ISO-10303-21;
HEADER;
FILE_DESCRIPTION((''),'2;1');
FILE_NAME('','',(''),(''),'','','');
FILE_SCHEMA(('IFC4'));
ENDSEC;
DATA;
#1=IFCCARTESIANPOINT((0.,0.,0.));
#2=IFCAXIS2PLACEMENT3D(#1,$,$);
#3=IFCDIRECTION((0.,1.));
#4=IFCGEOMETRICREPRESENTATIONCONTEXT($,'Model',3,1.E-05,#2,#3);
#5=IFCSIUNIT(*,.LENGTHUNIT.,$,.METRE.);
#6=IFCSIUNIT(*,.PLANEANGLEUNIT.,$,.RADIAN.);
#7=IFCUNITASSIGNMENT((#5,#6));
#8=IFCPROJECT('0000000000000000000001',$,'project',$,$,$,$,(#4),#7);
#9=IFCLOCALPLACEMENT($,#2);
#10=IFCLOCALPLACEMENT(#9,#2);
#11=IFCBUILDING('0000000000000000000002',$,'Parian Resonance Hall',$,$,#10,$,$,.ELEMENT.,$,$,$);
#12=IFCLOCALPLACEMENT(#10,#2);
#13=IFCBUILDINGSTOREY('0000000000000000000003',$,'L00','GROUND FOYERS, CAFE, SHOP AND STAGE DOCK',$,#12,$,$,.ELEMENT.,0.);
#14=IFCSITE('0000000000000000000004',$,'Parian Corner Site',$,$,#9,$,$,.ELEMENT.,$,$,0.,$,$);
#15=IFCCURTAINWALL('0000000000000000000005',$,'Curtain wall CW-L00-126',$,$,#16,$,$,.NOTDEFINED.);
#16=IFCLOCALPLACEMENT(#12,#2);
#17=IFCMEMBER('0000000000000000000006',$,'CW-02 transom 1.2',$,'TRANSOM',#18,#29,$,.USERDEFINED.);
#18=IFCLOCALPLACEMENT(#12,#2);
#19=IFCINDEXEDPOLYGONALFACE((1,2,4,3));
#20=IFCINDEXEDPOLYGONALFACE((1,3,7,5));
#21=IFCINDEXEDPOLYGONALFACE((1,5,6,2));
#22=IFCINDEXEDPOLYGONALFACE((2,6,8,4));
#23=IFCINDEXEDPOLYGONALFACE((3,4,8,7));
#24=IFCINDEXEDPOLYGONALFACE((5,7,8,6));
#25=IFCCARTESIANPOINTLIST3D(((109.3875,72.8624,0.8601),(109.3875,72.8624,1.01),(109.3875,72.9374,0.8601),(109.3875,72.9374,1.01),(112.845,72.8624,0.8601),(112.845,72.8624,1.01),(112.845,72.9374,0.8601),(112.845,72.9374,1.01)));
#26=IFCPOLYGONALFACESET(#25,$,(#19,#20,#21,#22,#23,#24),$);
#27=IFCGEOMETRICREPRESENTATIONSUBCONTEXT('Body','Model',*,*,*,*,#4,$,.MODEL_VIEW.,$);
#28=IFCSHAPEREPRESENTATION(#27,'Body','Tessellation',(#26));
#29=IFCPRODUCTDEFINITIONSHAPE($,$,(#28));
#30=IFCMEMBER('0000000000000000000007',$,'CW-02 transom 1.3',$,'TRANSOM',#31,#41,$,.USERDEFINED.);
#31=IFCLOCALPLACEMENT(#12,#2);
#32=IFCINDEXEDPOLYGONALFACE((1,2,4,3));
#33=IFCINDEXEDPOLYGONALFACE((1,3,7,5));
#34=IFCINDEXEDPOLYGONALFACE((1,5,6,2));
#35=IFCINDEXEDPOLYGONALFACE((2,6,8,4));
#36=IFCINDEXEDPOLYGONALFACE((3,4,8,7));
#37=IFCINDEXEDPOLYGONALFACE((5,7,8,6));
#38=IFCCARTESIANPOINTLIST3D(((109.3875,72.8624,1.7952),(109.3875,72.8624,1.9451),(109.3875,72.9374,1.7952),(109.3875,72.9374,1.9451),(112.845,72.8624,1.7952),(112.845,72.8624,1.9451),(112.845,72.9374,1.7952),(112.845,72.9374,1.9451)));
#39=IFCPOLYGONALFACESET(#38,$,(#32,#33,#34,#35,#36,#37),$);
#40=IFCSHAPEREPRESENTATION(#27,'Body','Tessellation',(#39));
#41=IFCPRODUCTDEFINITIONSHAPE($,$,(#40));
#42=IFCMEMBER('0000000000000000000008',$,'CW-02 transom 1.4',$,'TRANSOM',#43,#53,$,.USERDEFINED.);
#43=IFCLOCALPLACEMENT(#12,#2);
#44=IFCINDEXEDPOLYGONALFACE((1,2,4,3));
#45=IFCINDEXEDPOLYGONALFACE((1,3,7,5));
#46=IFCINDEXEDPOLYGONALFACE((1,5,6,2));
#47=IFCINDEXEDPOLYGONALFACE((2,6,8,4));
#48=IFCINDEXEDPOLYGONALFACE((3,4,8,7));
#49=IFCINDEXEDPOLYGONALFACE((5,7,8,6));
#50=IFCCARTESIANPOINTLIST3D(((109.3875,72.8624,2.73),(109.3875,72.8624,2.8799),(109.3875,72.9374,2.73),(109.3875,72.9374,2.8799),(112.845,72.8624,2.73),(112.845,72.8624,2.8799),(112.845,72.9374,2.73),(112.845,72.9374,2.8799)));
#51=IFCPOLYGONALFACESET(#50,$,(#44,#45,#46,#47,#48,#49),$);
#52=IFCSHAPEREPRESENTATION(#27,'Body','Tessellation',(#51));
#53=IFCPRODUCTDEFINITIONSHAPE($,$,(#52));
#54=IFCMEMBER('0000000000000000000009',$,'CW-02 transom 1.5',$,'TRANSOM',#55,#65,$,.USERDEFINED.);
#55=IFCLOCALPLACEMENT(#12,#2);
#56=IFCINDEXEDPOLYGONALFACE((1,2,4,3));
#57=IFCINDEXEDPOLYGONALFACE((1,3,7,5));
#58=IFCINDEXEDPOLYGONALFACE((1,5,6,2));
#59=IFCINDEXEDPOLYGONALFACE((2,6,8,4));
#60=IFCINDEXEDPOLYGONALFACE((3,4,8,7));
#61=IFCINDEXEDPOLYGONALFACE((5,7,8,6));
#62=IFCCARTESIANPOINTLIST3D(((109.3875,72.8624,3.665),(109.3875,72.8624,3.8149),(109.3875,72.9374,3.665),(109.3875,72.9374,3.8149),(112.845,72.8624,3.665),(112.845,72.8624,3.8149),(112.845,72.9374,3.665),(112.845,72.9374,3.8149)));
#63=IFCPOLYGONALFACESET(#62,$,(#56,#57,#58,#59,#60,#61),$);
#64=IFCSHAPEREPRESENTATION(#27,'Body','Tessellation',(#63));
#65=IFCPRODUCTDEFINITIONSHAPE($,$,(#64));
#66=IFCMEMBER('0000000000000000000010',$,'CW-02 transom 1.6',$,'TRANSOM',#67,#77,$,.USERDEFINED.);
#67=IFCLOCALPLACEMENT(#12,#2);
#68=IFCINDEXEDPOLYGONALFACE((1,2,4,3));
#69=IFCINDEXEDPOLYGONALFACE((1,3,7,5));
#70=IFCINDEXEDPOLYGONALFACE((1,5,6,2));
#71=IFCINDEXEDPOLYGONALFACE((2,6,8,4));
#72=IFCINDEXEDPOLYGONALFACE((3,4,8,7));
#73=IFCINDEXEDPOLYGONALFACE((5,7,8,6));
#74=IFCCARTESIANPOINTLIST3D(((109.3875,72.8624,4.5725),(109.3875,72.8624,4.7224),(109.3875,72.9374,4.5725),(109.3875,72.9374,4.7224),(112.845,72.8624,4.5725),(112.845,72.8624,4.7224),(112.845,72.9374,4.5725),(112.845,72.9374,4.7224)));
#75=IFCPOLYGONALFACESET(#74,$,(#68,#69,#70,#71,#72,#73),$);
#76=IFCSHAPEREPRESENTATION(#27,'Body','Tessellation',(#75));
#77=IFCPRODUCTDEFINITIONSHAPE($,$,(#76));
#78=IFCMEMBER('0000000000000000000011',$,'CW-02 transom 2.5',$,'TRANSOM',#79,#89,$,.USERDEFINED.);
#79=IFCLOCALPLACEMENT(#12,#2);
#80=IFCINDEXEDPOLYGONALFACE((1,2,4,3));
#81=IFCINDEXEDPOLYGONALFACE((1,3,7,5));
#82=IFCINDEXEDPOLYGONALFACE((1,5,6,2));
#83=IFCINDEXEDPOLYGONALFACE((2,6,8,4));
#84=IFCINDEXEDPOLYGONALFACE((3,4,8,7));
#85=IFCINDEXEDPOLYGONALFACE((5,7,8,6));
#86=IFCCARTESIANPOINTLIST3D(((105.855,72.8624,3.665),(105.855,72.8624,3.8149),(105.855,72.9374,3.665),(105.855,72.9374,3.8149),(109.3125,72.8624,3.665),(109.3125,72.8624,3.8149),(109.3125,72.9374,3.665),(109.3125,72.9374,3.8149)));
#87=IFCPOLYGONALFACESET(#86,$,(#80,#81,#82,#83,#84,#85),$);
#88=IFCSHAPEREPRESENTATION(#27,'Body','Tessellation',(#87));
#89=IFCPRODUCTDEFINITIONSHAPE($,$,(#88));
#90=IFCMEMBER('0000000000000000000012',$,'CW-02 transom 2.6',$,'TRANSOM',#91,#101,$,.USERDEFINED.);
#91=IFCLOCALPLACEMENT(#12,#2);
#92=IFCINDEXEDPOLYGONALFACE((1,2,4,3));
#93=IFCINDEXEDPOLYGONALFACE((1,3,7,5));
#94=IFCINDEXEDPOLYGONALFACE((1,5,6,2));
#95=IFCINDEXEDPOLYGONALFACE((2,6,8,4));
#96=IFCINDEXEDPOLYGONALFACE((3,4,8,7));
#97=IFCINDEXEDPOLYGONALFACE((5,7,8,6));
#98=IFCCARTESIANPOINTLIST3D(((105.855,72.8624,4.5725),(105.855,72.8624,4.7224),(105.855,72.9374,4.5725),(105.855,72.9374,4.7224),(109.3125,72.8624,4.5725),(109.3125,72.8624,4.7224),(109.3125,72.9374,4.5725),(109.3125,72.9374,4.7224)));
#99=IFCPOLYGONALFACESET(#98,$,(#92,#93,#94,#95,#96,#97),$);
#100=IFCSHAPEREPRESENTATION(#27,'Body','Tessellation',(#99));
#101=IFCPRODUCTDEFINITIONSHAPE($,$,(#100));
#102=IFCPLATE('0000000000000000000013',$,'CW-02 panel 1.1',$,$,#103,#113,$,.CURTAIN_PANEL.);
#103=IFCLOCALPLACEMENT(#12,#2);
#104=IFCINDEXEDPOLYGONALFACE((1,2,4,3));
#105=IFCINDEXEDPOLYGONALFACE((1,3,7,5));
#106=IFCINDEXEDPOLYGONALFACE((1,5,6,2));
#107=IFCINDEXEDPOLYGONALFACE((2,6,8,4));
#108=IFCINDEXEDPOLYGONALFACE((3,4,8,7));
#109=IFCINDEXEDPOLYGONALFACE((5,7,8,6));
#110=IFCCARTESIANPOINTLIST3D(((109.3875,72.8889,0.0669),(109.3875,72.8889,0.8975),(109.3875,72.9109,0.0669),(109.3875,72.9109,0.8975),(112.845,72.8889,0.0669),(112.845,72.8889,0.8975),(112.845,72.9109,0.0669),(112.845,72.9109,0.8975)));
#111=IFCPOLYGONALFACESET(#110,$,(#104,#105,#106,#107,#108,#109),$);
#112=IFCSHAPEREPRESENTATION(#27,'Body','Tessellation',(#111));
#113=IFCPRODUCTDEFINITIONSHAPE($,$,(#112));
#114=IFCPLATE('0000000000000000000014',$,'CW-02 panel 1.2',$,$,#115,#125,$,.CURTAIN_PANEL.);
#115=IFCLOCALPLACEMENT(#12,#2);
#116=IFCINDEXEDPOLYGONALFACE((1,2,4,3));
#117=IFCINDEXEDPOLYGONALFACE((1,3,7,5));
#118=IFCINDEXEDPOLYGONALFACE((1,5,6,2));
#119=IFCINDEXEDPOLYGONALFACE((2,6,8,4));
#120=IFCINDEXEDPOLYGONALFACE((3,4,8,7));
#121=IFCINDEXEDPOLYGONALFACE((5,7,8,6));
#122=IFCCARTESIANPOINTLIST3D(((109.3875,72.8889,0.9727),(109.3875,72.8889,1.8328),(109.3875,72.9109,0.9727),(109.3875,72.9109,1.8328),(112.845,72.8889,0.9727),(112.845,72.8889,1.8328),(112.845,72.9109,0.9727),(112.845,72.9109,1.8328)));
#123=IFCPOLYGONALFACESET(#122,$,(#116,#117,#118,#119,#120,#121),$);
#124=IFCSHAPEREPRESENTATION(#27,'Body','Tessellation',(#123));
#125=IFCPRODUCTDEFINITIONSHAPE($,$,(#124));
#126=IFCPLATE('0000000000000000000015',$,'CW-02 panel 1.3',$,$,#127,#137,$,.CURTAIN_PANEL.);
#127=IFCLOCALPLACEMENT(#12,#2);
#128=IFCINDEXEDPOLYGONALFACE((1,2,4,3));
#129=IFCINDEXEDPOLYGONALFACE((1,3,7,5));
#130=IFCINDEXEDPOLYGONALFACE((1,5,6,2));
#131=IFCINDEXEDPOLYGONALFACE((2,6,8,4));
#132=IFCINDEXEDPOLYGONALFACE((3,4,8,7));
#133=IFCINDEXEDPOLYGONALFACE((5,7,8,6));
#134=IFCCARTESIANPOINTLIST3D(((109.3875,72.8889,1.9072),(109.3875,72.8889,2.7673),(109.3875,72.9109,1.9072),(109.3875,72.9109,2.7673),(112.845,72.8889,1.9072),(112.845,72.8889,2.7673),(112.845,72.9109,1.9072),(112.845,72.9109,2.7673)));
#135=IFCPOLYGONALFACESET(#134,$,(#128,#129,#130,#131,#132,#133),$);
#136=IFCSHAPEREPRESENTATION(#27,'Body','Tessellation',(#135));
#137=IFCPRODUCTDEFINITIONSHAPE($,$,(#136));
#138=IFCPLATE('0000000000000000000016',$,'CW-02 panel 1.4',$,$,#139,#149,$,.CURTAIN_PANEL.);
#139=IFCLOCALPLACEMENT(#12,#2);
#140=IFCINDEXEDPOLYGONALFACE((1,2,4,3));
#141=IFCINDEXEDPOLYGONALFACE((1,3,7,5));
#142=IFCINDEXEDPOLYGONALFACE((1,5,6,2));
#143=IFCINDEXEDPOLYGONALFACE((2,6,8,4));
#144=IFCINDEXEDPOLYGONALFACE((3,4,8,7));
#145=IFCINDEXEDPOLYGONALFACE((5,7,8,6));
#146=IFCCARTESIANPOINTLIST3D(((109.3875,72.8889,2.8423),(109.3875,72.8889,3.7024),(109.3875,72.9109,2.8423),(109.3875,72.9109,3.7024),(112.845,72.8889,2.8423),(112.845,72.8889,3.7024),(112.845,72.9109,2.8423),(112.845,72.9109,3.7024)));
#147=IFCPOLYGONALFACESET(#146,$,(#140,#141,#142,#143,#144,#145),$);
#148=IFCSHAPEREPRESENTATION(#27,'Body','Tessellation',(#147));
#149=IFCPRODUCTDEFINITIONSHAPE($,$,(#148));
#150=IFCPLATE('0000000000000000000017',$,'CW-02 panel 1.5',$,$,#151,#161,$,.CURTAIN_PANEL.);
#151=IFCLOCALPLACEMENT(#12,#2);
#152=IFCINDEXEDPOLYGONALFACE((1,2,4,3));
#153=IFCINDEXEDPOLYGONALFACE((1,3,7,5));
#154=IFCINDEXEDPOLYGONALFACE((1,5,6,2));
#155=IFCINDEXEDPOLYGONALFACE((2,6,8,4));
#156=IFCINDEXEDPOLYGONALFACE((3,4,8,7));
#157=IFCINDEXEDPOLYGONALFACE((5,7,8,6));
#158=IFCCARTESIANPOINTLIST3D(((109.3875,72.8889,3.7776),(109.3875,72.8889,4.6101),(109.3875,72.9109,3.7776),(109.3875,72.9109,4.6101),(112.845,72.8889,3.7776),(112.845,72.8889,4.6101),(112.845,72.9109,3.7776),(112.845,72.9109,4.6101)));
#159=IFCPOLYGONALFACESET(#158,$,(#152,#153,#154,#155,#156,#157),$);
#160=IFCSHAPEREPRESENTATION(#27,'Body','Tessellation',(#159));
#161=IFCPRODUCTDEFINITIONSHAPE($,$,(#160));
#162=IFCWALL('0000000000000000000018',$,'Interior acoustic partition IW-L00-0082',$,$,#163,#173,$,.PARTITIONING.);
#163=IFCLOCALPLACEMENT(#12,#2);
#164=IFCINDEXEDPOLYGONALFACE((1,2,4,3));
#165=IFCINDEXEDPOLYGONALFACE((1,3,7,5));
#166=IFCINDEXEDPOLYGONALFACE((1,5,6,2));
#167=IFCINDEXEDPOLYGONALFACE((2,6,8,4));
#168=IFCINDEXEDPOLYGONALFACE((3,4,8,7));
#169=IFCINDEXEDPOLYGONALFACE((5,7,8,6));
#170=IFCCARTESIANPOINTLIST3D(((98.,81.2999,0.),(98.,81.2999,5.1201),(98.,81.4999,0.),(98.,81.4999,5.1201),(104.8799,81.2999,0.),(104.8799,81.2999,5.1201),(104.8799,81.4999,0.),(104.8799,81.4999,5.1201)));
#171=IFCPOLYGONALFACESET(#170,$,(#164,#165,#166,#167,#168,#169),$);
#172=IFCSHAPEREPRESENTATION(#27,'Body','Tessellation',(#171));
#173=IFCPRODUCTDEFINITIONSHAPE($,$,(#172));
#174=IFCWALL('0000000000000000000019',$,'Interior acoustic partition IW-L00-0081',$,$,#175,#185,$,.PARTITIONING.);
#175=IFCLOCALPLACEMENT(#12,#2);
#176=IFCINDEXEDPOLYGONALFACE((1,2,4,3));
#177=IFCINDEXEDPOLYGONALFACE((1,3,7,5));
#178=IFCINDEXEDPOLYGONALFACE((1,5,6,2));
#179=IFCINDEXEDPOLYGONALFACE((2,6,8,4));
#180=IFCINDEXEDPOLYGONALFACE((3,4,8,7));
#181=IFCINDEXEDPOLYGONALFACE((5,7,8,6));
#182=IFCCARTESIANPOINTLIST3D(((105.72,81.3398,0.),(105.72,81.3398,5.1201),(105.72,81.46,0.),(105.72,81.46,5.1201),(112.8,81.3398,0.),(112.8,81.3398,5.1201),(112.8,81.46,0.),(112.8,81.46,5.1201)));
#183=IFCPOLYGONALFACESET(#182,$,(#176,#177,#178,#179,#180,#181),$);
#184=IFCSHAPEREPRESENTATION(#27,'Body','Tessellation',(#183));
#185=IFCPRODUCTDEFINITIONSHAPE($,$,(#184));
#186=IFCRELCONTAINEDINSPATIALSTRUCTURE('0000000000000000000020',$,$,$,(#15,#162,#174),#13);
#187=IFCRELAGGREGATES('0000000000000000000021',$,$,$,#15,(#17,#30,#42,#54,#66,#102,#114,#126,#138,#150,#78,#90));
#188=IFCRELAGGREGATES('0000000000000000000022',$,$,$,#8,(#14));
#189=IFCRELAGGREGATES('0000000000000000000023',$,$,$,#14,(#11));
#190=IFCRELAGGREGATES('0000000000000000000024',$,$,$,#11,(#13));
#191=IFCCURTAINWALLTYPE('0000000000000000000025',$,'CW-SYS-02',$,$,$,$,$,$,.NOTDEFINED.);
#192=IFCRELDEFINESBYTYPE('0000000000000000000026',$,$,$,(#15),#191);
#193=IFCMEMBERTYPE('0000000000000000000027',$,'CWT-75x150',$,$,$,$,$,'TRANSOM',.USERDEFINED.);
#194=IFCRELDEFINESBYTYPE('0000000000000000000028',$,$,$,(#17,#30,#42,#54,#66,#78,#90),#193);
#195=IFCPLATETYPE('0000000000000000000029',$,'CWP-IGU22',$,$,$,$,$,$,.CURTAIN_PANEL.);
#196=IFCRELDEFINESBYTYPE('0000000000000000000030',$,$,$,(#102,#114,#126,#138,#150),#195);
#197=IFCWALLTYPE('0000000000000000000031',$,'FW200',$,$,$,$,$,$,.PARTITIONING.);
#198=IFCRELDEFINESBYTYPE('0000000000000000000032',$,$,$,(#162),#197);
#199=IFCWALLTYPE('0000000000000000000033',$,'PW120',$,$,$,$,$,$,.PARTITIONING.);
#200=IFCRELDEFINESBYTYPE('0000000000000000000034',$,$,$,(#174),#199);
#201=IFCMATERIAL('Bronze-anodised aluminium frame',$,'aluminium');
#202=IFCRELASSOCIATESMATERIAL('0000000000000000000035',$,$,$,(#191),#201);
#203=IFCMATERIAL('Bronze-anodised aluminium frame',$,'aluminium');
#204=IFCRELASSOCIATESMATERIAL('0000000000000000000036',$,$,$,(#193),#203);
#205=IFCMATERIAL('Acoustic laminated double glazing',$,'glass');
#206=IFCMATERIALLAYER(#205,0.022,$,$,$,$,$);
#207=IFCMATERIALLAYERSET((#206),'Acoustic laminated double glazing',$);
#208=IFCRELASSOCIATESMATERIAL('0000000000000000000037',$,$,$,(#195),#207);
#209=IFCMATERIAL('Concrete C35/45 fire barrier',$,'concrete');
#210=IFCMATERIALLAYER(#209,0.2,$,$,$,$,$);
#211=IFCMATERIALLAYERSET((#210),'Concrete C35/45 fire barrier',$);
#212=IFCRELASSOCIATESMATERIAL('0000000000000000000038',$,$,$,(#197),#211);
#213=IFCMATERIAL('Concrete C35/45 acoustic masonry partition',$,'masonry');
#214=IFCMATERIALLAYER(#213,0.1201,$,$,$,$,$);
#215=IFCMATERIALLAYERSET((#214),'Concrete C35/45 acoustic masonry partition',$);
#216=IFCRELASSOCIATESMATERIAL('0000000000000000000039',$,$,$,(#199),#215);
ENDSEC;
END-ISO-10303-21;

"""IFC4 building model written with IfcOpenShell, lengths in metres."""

from ifc_helpers import new_model, si_unit, direction, frame, frame_2d, origin, origin_2d, place, context, subcontext, project, spatial, rectangle, extrude, material, layer, layer_set, material_profile, profile_set, type_object, element, aggregate, save


model = new_model("IFC4")

# Units and contexts
model_context = context("Model", 3, precision=1e-05, world=origin(), true_north=direction((0.0, 1.0)))
body_context = subcontext(model_context, "Body", "Model", "MODEL_VIEW")
ifc_project = project(units=[si_unit("LENGTHUNIT", "METRE"), si_unit("PLANEANGLEUNIT", "RADIAN")], contexts=[model_context])

# Site, building, storey
site_placement = place(None, origin())
site = spatial("IfcSite", under=ifc_project, at=site_placement, Name="Parian Corner Site", CompositionType="ELEMENT", RefElevation=0.0)
building_placement = place(site_placement, origin())
building = spatial("IfcBuilding", under=site, at=building_placement, Name="Parian Resonance Hall", CompositionType="ELEMENT")
storey_placement = place(building_placement, origin())
storey = spatial("IfcBuildingStorey", under=building, at=storey_placement, Name="L00", Description="GROUND FOYERS, CAFE, SHOP AND STAGE DOCK", CompositionType="ELEMENT", Elevation=0.0)

# Curtain wall, members, plates
ifc_material_1 = material(Name="Bronze-anodised aluminium frame", Category="aluminium")
curtain_wall_type = type_object("IfcCurtainWallType", Name="CW-SYS-02", PredefinedType="NOTDEFINED", material=ifc_material_1)
curtain_wall_placement = place(storey_placement, origin())
curtain_wall = element("IfcCurtainWall", 1, at=curtain_wall_placement, inside=storey, type_object=curtain_wall_type, Name="Curtain wall CW-L00-126", PredefinedType="NOTDEFINED")
ifc_material_2 = material(Name="Bronze-anodised aluminium frame", Category="aluminium")
ifc_material_profile_1 = material_profile(ifc_material_2, rectangle(XDim=0.075, YDim=0.1499, at=origin_2d()), Name="CWT-75x150")
ifc_profile_set_1 = profile_set([ifc_material_profile_1], Name="Bronze-anodised aluminium frame")
member_type_1 = type_object("IfcMemberType", Name="CWT-75x150", ElementType="TRANSOM", PredefinedType="USERDEFINED", material=ifc_profile_set_1)
member_1_placement = place(storey_placement, frame((112.845, 72.8999, 0.9351), z_axis=(-1.0, 0.0, 0.0), x_axis=(0.0, -1.0, 0.0)))
member_1 = element("IfcMember", 2, at=member_1_placement, type_object=member_type_1, Name="CW-02 transom 1.2", ObjectType="TRANSOM", PredefinedType="USERDEFINED", context=body_context, shape_type="SweptSolid", body=[
    extrude(rectangle(XDim=0.075, YDim=0.1499, at=origin_2d()), origin(), (0.0, 0.0, 1.0), 3.4575),
])
member_2_placement = place(storey_placement, frame((112.845, 72.8999, 1.8701), z_axis=(-1.0, 0.0, 0.0), x_axis=(0.0, -1.0, 0.0)))
member_2 = element("IfcMember", 3, at=member_2_placement, type_object=member_type_1, Name="CW-02 transom 1.3", ObjectType="TRANSOM", PredefinedType="USERDEFINED", context=body_context, shape_type="SweptSolid", body=[
    extrude(rectangle(XDim=0.075, YDim=0.1499, at=origin_2d()), origin(), (0.0, 0.0, 1.0), 3.4575),
])
member_3_placement = place(storey_placement, frame((112.845, 72.8999, 2.8049), z_axis=(-1.0, 0.0, 0.0), x_axis=(0.0, -1.0, 0.0)))
member_3 = element("IfcMember", 4, at=member_3_placement, type_object=member_type_1, Name="CW-02 transom 1.4", ObjectType="TRANSOM", PredefinedType="USERDEFINED", context=body_context, shape_type="SweptSolid", body=[
    extrude(rectangle(XDim=0.075, YDim=0.1499, at=origin_2d()), origin(), (0.0, 0.0, 1.0), 3.4575),
])
member_4_placement = place(storey_placement, frame((112.845, 72.8999, 3.74), z_axis=(-1.0, 0.0, 0.0), x_axis=(0.0, -1.0, 0.0)))
member_4 = element("IfcMember", 5, at=member_4_placement, type_object=member_type_1, Name="CW-02 transom 1.5", ObjectType="TRANSOM", PredefinedType="USERDEFINED", context=body_context, shape_type="SweptSolid", body=[
    extrude(rectangle(XDim=0.075, YDim=0.1499, at=origin_2d()), origin(), (0.0, 0.0, 1.0), 3.4575),
])
member_5_placement = place(storey_placement, frame((112.845, 72.8999, 4.6475), z_axis=(-1.0, 0.0, 0.0), x_axis=(0.0, -1.0, 0.0)))
member_5 = element("IfcMember", 6, at=member_5_placement, type_object=member_type_1, Name="CW-02 transom 1.6", ObjectType="TRANSOM", PredefinedType="USERDEFINED", context=body_context, shape_type="SweptSolid", body=[
    extrude(rectangle(XDim=0.075, YDim=0.1499, at=origin_2d()), origin(), (0.0, 0.0, 1.0), 3.4575),
])
member_6_placement = place(storey_placement, frame((109.3125, 72.8999, 3.74), z_axis=(-1.0, 0.0, 0.0), x_axis=(0.0, -1.0, 0.0)))
member_6 = element("IfcMember", 7, at=member_6_placement, type_object=member_type_1, Name="CW-02 transom 2.5", ObjectType="TRANSOM", PredefinedType="USERDEFINED", context=body_context, shape_type="SweptSolid", body=[
    extrude(rectangle(XDim=0.075, YDim=0.1499, at=origin_2d()), origin(), (0.0, 0.0, 1.0), 3.4575),
])
member_7_placement = place(storey_placement, frame((109.3125, 72.8999, 4.6475), z_axis=(-1.0, 0.0, 0.0), x_axis=(0.0, -1.0, 0.0)))
member_7 = element("IfcMember", 8, at=member_7_placement, type_object=member_type_1, Name="CW-02 transom 2.6", ObjectType="TRANSOM", PredefinedType="USERDEFINED", context=body_context, shape_type="SweptSolid", body=[
    extrude(rectangle(XDim=0.075, YDim=0.1499, at=origin_2d()), origin(), (0.0, 0.0, 1.0), 3.4575),
])
ifc_material_3 = material(Name="Acoustic laminated double glazing", Category="glass")
ifc_layer_1 = layer(ifc_material_3, 0.022)
ifc_layer_set_1 = layer_set([ifc_layer_1], Name="Acoustic laminated double glazing")
plate_type = type_object("IfcPlateType", Name="CWP-IGU22", PredefinedType="CURTAIN_PANEL", material=ifc_layer_set_1)
plate_1_placement = place(storey_placement, frame((111.1162, 72.8999, 0.0669), z_axis=(0.0, 0.0, 1.0), x_axis=(-1.0, 0.0, 0.0)))
plate_1 = element("IfcPlate", 9, at=plate_1_placement, type_object=plate_type, Name="CW-02 panel 1.1", PredefinedType="CURTAIN_PANEL", context=body_context, shape_type="SweptSolid", body=[
    extrude(rectangle(XDim=3.4575, YDim=0.022, at=origin_2d()), origin(), (0.0, 0.0, 1.0), 0.8306),
])
plate_2_placement = place(storey_placement, frame((111.1162, 72.8999, 0.9727), z_axis=(0.0, 0.0, 1.0), x_axis=(-1.0, 0.0, 0.0)))
plate_2 = element("IfcPlate", 10, at=plate_2_placement, type_object=plate_type, Name="CW-02 panel 1.2", PredefinedType="CURTAIN_PANEL", context=body_context, shape_type="SweptSolid", body=[
    extrude(rectangle(XDim=3.4575, YDim=0.022, at=origin_2d()), origin(), (0.0, 0.0, 1.0), 0.8601),
])
plate_3_placement = place(storey_placement, frame((111.1162, 72.8999, 1.9072), z_axis=(0.0, 0.0, 1.0), x_axis=(-1.0, 0.0, 0.0)))
plate_3 = element("IfcPlate", 11, at=plate_3_placement, type_object=plate_type, Name="CW-02 panel 1.3", PredefinedType="CURTAIN_PANEL", context=body_context, shape_type="SweptSolid", body=[
    extrude(rectangle(XDim=3.4575, YDim=0.022, at=origin_2d()), origin(), (0.0, 0.0, 1.0), 0.8601),
])
plate_4_placement = place(storey_placement, frame((111.1162, 72.8999, 2.8423), z_axis=(0.0, 0.0, 1.0), x_axis=(-1.0, 0.0, 0.0)))
plate_4 = element("IfcPlate", 12, at=plate_4_placement, type_object=plate_type, Name="CW-02 panel 1.4", PredefinedType="CURTAIN_PANEL", context=body_context, shape_type="SweptSolid", body=[
    extrude(rectangle(XDim=3.4575, YDim=0.022, at=origin_2d()), origin(), (0.0, 0.0, 1.0), 0.8601),
])
plate_5_placement = place(storey_placement, frame((111.1162, 72.8999, 3.7776), z_axis=(0.0, 0.0, 1.0), x_axis=(-1.0, 0.0, 0.0)))
plate_5 = element("IfcPlate", 13, at=plate_5_placement, type_object=plate_type, Name="CW-02 panel 1.5", PredefinedType="CURTAIN_PANEL", context=body_context, shape_type="SweptSolid", body=[
    extrude(rectangle(XDim=3.4575, YDim=0.022, at=origin_2d()), origin(), (0.0, 0.0, 1.0), 0.8325),
])
aggregate(curtain_wall, [member_1, member_2, member_3, member_4, member_5, plate_1, plate_2, plate_3, plate_4, plate_5, member_6, member_7])

# Walls
ifc_material_4 = material(Name="Concrete C35/45 fire barrier", Category="concrete")
ifc_layer_2 = layer(ifc_material_4, 0.2)
ifc_layer_set_2 = layer_set([ifc_layer_2], Name="Concrete C35/45 fire barrier")
wall_type_1 = type_object("IfcWallType", Name="FW200", PredefinedType="PARTITIONING", material=ifc_layer_set_2)
wall_1_placement = place(storey_placement, frame((104.8799, 81.3999, 0.0), z_axis=(0.0, 0.0, 1.0), x_axis=(-1.0, 0.0, 0.0)))
element("IfcWall", 14, at=wall_1_placement, inside=storey, type_object=wall_type_1, Name="Interior acoustic partition IW-L00-0082", PredefinedType="PARTITIONING", context=body_context, shape_type="SweptSolid", body=[
    extrude(rectangle(XDim=6.8799, YDim=0.2, at=frame_2d((3.4399, 0.0))), origin(), (0.0, 0.0, 1.0), 5.1201),
])
ifc_material_5 = material(Name="Concrete C35/45 acoustic masonry partition", Category="masonry")
ifc_layer_3 = layer(ifc_material_5, 0.1201)
ifc_layer_set_3 = layer_set([ifc_layer_3], Name="Concrete C35/45 acoustic masonry partition")
wall_type_2 = type_object("IfcWallType", Name="PW120", PredefinedType="PARTITIONING", material=ifc_layer_set_3)
wall_2_placement = place(storey_placement, frame((112.8, 81.3999, 0.0), z_axis=(0.0, 0.0, 1.0), x_axis=(-1.0, 0.0, 0.0)))
element("IfcWall", 15, at=wall_2_placement, inside=storey, type_object=wall_type_2, Name="Interior acoustic partition IW-L00-0081", PredefinedType="PARTITIONING", context=body_context, shape_type="SweptSolid", body=[
    extrude(rectangle(XDim=7.0801, YDim=0.1201, at=frame_2d((3.54, 0.0))), origin(), (0.0, 0.0, 1.0), 5.1201),
])

save(model, "model.ifc")
